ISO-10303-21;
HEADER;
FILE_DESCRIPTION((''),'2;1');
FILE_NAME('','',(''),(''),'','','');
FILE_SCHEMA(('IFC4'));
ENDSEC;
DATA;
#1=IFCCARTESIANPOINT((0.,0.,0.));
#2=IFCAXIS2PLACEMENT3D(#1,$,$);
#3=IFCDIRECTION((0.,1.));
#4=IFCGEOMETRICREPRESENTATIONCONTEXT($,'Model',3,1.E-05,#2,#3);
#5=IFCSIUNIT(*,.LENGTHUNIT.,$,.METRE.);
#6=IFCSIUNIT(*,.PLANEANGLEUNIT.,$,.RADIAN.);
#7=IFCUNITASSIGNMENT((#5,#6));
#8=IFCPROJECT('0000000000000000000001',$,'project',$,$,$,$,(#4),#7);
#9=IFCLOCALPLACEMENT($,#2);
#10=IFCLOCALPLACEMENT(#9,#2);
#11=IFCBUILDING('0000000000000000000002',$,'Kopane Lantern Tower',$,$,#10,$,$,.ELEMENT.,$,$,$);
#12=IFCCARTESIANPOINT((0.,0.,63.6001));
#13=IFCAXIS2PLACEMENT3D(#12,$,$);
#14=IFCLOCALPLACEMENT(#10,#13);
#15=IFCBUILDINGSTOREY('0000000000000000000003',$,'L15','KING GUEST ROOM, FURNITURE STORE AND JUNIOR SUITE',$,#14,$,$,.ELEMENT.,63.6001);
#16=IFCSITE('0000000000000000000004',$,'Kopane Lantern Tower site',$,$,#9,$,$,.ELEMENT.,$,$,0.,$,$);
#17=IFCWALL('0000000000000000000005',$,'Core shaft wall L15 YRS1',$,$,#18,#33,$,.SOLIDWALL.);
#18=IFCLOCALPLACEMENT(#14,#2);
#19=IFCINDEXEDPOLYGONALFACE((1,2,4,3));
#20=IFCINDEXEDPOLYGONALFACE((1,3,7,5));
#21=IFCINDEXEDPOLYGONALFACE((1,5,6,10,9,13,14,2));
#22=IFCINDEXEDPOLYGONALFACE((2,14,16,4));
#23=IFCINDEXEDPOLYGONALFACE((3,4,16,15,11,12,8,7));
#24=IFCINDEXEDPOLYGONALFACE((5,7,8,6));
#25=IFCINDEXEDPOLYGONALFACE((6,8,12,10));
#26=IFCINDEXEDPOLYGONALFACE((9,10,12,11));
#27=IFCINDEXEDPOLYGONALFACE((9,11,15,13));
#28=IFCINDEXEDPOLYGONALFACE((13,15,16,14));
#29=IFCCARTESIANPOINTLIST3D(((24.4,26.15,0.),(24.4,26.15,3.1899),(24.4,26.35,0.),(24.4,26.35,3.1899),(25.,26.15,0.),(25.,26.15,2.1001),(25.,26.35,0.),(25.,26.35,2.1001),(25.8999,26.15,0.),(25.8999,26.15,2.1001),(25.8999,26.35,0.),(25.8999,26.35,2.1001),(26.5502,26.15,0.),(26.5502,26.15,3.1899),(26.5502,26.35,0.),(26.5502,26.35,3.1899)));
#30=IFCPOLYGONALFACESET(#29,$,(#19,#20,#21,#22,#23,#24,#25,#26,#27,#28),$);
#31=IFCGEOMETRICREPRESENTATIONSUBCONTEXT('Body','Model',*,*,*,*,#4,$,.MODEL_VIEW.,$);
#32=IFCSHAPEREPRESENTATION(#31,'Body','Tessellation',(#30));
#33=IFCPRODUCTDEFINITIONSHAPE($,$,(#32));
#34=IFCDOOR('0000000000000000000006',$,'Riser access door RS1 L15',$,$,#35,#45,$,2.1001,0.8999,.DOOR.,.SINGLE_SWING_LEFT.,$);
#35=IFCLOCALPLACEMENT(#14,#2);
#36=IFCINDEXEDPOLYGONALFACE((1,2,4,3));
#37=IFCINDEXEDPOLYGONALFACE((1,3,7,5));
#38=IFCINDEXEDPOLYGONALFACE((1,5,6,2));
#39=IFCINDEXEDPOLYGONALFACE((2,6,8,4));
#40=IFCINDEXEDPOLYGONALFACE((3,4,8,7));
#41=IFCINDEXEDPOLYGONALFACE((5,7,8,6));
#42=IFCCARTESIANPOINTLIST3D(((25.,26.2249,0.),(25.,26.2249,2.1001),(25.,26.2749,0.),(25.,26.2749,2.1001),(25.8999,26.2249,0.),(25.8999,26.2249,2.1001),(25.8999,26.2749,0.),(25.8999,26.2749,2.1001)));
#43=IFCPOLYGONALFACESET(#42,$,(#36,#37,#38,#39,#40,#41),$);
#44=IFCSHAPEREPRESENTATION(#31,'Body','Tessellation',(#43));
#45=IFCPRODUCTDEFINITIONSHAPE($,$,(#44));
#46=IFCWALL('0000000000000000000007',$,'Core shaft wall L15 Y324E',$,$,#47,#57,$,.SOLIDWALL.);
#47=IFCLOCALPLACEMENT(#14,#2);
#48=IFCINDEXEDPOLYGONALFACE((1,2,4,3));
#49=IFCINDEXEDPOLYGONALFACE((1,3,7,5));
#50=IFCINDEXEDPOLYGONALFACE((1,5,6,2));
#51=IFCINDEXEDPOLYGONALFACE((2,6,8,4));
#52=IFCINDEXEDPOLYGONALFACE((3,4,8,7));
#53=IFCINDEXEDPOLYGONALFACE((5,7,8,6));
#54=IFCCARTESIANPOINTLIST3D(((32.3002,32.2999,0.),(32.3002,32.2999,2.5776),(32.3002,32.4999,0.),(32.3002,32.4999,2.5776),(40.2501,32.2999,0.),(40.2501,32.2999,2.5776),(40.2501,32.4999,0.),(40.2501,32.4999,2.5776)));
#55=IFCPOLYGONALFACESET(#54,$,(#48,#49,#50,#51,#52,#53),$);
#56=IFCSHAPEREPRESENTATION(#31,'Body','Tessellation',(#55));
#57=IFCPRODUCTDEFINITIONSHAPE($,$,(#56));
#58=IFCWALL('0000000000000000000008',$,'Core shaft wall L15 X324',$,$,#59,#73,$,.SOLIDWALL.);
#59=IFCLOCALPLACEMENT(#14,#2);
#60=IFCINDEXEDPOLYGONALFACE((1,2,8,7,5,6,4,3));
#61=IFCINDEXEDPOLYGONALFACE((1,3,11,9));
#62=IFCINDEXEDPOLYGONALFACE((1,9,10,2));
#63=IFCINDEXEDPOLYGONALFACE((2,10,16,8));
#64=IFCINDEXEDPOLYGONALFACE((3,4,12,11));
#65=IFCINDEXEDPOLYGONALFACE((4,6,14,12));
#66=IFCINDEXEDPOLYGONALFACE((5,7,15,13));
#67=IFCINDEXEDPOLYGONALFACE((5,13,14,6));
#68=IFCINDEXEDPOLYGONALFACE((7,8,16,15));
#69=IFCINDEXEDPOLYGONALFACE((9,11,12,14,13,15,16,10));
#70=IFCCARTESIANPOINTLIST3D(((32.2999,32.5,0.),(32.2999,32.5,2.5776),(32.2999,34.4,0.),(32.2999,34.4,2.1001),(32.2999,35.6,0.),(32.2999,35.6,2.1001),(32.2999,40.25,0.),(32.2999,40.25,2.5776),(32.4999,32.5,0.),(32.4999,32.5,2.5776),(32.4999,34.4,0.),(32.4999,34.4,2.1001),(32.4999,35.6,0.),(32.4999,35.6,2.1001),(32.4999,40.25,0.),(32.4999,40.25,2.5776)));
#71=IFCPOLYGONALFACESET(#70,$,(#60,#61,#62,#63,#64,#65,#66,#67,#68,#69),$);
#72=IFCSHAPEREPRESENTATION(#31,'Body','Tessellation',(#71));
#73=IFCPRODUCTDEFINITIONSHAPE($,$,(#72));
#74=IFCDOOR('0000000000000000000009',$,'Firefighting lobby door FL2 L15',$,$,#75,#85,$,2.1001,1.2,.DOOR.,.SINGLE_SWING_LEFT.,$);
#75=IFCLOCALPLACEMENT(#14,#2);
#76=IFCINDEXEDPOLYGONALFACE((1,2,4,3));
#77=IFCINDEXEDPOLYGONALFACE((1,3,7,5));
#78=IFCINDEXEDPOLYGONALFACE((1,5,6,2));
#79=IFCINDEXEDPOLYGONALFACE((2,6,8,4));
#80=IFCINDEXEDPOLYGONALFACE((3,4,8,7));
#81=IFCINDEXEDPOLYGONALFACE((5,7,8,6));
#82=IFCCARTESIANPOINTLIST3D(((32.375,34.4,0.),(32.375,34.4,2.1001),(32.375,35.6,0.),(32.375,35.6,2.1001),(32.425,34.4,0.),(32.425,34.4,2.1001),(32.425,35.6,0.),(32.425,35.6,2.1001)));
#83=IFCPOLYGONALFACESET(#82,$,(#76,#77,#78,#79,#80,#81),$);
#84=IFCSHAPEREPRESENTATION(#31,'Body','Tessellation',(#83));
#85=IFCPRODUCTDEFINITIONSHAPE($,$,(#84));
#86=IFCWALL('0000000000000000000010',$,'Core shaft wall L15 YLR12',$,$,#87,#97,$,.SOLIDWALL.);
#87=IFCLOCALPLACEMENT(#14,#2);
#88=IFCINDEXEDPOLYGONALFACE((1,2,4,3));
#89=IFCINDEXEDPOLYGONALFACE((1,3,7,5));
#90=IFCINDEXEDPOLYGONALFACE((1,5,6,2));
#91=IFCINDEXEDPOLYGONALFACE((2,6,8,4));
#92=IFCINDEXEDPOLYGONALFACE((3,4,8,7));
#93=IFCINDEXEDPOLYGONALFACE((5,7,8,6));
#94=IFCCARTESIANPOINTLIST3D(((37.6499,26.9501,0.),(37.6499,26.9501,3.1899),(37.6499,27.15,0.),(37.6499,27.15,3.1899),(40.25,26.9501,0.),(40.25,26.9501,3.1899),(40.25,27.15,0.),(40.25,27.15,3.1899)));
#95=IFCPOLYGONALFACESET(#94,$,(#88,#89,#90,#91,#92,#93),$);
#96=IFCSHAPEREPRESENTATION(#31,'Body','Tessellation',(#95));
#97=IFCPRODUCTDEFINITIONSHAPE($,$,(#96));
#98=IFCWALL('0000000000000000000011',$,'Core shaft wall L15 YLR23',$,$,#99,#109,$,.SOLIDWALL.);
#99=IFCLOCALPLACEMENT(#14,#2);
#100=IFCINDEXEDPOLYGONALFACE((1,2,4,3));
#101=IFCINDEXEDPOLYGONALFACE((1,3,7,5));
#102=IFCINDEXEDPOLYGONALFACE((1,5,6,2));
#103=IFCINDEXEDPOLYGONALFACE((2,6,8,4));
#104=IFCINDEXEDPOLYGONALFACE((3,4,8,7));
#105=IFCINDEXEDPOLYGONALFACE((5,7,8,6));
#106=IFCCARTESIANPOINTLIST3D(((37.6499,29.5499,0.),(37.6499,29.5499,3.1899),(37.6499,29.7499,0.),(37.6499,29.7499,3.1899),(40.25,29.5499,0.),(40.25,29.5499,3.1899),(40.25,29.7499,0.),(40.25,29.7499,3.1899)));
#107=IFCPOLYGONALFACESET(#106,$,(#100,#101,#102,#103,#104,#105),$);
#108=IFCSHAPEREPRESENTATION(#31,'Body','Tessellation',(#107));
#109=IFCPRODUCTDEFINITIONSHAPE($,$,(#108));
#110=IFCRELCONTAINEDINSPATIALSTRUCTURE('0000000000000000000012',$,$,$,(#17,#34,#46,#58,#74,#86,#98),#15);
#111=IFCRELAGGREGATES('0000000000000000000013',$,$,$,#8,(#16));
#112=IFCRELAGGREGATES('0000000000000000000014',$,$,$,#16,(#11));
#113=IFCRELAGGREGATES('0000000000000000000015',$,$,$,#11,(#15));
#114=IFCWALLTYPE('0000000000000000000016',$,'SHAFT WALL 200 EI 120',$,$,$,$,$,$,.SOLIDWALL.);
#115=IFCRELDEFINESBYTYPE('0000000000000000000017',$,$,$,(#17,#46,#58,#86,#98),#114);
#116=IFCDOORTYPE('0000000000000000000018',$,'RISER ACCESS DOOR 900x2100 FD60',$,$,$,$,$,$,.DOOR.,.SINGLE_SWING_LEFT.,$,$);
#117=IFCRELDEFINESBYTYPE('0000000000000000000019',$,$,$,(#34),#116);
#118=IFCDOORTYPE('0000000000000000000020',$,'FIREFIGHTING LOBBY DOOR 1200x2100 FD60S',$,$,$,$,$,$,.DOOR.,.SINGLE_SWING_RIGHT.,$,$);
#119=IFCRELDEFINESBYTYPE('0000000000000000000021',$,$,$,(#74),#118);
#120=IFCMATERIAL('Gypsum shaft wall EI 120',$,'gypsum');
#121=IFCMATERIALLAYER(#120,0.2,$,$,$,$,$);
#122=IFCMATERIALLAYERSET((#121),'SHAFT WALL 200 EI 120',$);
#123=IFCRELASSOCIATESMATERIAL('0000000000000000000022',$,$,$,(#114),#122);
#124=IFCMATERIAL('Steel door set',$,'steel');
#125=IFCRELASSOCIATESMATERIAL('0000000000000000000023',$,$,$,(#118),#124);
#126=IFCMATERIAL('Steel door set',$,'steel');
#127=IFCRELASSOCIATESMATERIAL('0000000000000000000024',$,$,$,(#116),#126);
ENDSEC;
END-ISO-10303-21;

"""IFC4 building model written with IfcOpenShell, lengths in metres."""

from ifc_helpers import new_model, si_unit, direction, frame, frame_2d, origin, place, context, subcontext, project, spatial, rectangle, extrude, material, layer, layer_set, type_object, element, fill, save


model = new_model("IFC4")

# Units and contexts
model_context = context("Model", 3, precision=1e-05, world=origin(), true_north=direction((0.0, 1.0)))
body_context = subcontext(model_context, "Body", "Model", "MODEL_VIEW")
ifc_project = project(units=[si_unit("LENGTHUNIT", "METRE"), si_unit("PLANEANGLEUNIT", "RADIAN")], contexts=[model_context])

# Site, building, storey
site_placement = place(None, origin())
site = spatial("IfcSite", under=ifc_project, at=site_placement, Name="Kopane Lantern Tower site", CompositionType="ELEMENT", RefElevation=0.0)
building_placement = place(site_placement, origin())
building = spatial("IfcBuilding", under=site, at=building_placement, Name="Kopane Lantern Tower", CompositionType="ELEMENT")
storey_placement = place(building_placement, frame((0.0, 0.0, 63.6001)))
storey = spatial("IfcBuildingStorey", under=building, at=storey_placement, Name="L15", Description="KING GUEST ROOM, FURNITURE STORE AND JUNIOR SUITE", CompositionType="ELEMENT", Elevation=63.6001)

# Shared definitions
ifc_material_1 = material(Name="Gypsum shaft wall EI 120", Category="gypsum")
ifc_layer_1 = layer(ifc_material_1, 0.2)
ifc_layer_set_1 = layer_set([ifc_layer_1], Name="SHAFT WALL 200 EI 120")
wall_type_1 = type_object("IfcWallType", Name="SHAFT WALL 200 EI 120", PredefinedType="SOLIDWALL", material=ifc_layer_set_1)
ifc_material_2 = material(Name="Steel door set", Category="steel")
door_type_1 = type_object("IfcDoorType", Name="FIREFIGHTING LOBBY DOOR 1200x2100 FD60S", OperationType="SINGLE_SWING_RIGHT", PredefinedType="DOOR", material=ifc_material_2)

# Wall, opening, door
wall_1_placement = place(storey_placement, frame((24.3999, 26.25, 0.0), z_axis=(0.0, 0.0, 1.0), x_axis=(1.0, 0.0, 0.0)))
wall_1 = element("IfcWall", 1, at=wall_1_placement, inside=storey, type_object=wall_type_1, Name="Core shaft wall L15 YRS1", PredefinedType="SOLIDWALL", context=body_context, shape_type="SweptSolid", body=[
    extrude(rectangle(XDim=2.1501, YDim=0.2, at=frame_2d((1.0752, 0.0))), origin(), (0.0, 0.0, 1.0), 3.1899),
])
opening_1_placement = place(wall_1_placement, frame((0.6001, 0.0, 0.0)))
opening_1 = element("IfcOpeningElement", 2, at=opening_1_placement, cuts=wall_1, PredefinedType="OPENING", context=body_context, shape_type="SweptSolid", body=[
    extrude(rectangle(XDim=0.8999, YDim=2.1001, at=frame_2d((0.45, 1.05))), frame((0.0, 0.1099, 0.0), z_axis=(0.0, -1.0, 0.0), x_axis=(1.0, 0.0, 0.0)), (0.0, 0.0, 1.0), 0.22),
])
ifc_material_3 = material(Name="Steel door set", Category="steel")
door_type_2 = type_object("IfcDoorType", Name="RISER ACCESS DOOR 900x2100 FD60", OperationType="SINGLE_SWING_LEFT", PredefinedType="DOOR", material=ifc_material_3)
door_1_placement = place(opening_1_placement, origin())
door_1 = element("IfcDoor", 3, at=door_1_placement, inside=storey, type_object=door_type_2, Name="Riser access door RS1 L15", OperationType="SINGLE_SWING_LEFT", OverallHeight=2.1001, OverallWidth=0.8999, PredefinedType="DOOR", context=body_context, shape_type="SweptSolid", body=[
    extrude(rectangle(XDim=0.8999, YDim=2.1001, at=frame_2d((0.45, 1.05))), frame((0.0, 0.0249, 0.0), z_axis=(0.0, -1.0, 0.0), x_axis=(1.0, 0.0, 0.0)), (0.0, 0.0, 1.0), 0.05),
])
fill(opening_1, door_1)

# Wall
wall_2_placement = place(storey_placement, frame((32.3, 32.3999, 0.0), z_axis=(0.0, 0.0, 1.0), x_axis=(1.0, 0.0, 0.0)))
element("IfcWall", 4, at=wall_2_placement, inside=storey, type_object=wall_type_1, Name="Core shaft wall L15 Y324E", PredefinedType="SOLIDWALL", context=body_context, shape_type="SweptSolid", body=[
    extrude(rectangle(XDim=7.95, YDim=0.2, at=frame_2d((3.9751, 0.0))), origin(), (0.0, 0.0, 1.0), 2.5776),
])

# Wall, opening, door
wall_3_placement = place(storey_placement, frame((32.3999, 32.5, 0.0), z_axis=(0.0, 0.0, 1.0), x_axis=(0.0, 1.0, 0.0)))
wall_3 = element("IfcWall", 5, at=wall_3_placement, inside=storey, type_object=wall_type_1, Name="Core shaft wall L15 X324", PredefinedType="SOLIDWALL", context=body_context, shape_type="SweptSolid", body=[
    extrude(rectangle(XDim=7.75, YDim=0.2, at=frame_2d((3.875, 0.0))), origin(), (0.0, 0.0, 1.0), 2.5776),
])
opening_2_placement = place(wall_3_placement, frame((1.8999, 0.0, 0.0)))
opening_2 = element("IfcOpeningElement", 6, at=opening_2_placement, cuts=wall_3, PredefinedType="OPENING", context=body_context, shape_type="SweptSolid", body=[
    extrude(rectangle(XDim=1.2, YDim=2.1001, at=frame_2d((0.6001, 1.05))), frame((0.0, 0.1099, 0.0), z_axis=(0.0, -1.0, 0.0), x_axis=(1.0, 0.0, 0.0)), (0.0, 0.0, 1.0), 0.22),
])
door_2_placement = place(opening_2_placement, origin())
door_2 = element("IfcDoor", 7, at=door_2_placement, inside=storey, type_object=door_type_1, Name="Firefighting lobby door FL2 L15", OperationType="SINGLE_SWING_LEFT", OverallHeight=2.1001, OverallWidth=1.2, PredefinedType="DOOR", context=body_context, shape_type="SweptSolid", body=[
    extrude(rectangle(XDim=1.2, YDim=2.1001, at=frame_2d((0.6001, 1.05))), frame((0.0, 0.0249, 0.0), z_axis=(0.0, -1.0, 0.0), x_axis=(1.0, 0.0, 0.0)), (0.0, 0.0, 1.0), 0.05),
])
fill(opening_2, door_2)

# Walls
for number, where, z_axis, x_axis, name in (
    (8, (37.6499, 27.05, 0.0), (0.0, 0.0, 1.0), (1.0, 0.0, 0.0), "Core shaft wall L15 YLR12"),
    (9, (37.6499, 29.6499, 0.0), (0.0, 0.0, 1.0), (1.0, 0.0, 0.0), "Core shaft wall L15 YLR23"),
):
    element("IfcWall", number, at=place(storey_placement, frame(where, z_axis=z_axis, x_axis=x_axis)), inside=storey, type_object=wall_type_1, Name=name, PredefinedType="SOLIDWALL", context=body_context, shape_type="SweptSolid", body=[
        extrude(rectangle(XDim=2.6001, YDim=0.2, at=frame_2d((1.3, 0.0))), origin(), (0.0, 0.0, 1.0), 3.1899),
    ])

save(model, "model.ifc")
